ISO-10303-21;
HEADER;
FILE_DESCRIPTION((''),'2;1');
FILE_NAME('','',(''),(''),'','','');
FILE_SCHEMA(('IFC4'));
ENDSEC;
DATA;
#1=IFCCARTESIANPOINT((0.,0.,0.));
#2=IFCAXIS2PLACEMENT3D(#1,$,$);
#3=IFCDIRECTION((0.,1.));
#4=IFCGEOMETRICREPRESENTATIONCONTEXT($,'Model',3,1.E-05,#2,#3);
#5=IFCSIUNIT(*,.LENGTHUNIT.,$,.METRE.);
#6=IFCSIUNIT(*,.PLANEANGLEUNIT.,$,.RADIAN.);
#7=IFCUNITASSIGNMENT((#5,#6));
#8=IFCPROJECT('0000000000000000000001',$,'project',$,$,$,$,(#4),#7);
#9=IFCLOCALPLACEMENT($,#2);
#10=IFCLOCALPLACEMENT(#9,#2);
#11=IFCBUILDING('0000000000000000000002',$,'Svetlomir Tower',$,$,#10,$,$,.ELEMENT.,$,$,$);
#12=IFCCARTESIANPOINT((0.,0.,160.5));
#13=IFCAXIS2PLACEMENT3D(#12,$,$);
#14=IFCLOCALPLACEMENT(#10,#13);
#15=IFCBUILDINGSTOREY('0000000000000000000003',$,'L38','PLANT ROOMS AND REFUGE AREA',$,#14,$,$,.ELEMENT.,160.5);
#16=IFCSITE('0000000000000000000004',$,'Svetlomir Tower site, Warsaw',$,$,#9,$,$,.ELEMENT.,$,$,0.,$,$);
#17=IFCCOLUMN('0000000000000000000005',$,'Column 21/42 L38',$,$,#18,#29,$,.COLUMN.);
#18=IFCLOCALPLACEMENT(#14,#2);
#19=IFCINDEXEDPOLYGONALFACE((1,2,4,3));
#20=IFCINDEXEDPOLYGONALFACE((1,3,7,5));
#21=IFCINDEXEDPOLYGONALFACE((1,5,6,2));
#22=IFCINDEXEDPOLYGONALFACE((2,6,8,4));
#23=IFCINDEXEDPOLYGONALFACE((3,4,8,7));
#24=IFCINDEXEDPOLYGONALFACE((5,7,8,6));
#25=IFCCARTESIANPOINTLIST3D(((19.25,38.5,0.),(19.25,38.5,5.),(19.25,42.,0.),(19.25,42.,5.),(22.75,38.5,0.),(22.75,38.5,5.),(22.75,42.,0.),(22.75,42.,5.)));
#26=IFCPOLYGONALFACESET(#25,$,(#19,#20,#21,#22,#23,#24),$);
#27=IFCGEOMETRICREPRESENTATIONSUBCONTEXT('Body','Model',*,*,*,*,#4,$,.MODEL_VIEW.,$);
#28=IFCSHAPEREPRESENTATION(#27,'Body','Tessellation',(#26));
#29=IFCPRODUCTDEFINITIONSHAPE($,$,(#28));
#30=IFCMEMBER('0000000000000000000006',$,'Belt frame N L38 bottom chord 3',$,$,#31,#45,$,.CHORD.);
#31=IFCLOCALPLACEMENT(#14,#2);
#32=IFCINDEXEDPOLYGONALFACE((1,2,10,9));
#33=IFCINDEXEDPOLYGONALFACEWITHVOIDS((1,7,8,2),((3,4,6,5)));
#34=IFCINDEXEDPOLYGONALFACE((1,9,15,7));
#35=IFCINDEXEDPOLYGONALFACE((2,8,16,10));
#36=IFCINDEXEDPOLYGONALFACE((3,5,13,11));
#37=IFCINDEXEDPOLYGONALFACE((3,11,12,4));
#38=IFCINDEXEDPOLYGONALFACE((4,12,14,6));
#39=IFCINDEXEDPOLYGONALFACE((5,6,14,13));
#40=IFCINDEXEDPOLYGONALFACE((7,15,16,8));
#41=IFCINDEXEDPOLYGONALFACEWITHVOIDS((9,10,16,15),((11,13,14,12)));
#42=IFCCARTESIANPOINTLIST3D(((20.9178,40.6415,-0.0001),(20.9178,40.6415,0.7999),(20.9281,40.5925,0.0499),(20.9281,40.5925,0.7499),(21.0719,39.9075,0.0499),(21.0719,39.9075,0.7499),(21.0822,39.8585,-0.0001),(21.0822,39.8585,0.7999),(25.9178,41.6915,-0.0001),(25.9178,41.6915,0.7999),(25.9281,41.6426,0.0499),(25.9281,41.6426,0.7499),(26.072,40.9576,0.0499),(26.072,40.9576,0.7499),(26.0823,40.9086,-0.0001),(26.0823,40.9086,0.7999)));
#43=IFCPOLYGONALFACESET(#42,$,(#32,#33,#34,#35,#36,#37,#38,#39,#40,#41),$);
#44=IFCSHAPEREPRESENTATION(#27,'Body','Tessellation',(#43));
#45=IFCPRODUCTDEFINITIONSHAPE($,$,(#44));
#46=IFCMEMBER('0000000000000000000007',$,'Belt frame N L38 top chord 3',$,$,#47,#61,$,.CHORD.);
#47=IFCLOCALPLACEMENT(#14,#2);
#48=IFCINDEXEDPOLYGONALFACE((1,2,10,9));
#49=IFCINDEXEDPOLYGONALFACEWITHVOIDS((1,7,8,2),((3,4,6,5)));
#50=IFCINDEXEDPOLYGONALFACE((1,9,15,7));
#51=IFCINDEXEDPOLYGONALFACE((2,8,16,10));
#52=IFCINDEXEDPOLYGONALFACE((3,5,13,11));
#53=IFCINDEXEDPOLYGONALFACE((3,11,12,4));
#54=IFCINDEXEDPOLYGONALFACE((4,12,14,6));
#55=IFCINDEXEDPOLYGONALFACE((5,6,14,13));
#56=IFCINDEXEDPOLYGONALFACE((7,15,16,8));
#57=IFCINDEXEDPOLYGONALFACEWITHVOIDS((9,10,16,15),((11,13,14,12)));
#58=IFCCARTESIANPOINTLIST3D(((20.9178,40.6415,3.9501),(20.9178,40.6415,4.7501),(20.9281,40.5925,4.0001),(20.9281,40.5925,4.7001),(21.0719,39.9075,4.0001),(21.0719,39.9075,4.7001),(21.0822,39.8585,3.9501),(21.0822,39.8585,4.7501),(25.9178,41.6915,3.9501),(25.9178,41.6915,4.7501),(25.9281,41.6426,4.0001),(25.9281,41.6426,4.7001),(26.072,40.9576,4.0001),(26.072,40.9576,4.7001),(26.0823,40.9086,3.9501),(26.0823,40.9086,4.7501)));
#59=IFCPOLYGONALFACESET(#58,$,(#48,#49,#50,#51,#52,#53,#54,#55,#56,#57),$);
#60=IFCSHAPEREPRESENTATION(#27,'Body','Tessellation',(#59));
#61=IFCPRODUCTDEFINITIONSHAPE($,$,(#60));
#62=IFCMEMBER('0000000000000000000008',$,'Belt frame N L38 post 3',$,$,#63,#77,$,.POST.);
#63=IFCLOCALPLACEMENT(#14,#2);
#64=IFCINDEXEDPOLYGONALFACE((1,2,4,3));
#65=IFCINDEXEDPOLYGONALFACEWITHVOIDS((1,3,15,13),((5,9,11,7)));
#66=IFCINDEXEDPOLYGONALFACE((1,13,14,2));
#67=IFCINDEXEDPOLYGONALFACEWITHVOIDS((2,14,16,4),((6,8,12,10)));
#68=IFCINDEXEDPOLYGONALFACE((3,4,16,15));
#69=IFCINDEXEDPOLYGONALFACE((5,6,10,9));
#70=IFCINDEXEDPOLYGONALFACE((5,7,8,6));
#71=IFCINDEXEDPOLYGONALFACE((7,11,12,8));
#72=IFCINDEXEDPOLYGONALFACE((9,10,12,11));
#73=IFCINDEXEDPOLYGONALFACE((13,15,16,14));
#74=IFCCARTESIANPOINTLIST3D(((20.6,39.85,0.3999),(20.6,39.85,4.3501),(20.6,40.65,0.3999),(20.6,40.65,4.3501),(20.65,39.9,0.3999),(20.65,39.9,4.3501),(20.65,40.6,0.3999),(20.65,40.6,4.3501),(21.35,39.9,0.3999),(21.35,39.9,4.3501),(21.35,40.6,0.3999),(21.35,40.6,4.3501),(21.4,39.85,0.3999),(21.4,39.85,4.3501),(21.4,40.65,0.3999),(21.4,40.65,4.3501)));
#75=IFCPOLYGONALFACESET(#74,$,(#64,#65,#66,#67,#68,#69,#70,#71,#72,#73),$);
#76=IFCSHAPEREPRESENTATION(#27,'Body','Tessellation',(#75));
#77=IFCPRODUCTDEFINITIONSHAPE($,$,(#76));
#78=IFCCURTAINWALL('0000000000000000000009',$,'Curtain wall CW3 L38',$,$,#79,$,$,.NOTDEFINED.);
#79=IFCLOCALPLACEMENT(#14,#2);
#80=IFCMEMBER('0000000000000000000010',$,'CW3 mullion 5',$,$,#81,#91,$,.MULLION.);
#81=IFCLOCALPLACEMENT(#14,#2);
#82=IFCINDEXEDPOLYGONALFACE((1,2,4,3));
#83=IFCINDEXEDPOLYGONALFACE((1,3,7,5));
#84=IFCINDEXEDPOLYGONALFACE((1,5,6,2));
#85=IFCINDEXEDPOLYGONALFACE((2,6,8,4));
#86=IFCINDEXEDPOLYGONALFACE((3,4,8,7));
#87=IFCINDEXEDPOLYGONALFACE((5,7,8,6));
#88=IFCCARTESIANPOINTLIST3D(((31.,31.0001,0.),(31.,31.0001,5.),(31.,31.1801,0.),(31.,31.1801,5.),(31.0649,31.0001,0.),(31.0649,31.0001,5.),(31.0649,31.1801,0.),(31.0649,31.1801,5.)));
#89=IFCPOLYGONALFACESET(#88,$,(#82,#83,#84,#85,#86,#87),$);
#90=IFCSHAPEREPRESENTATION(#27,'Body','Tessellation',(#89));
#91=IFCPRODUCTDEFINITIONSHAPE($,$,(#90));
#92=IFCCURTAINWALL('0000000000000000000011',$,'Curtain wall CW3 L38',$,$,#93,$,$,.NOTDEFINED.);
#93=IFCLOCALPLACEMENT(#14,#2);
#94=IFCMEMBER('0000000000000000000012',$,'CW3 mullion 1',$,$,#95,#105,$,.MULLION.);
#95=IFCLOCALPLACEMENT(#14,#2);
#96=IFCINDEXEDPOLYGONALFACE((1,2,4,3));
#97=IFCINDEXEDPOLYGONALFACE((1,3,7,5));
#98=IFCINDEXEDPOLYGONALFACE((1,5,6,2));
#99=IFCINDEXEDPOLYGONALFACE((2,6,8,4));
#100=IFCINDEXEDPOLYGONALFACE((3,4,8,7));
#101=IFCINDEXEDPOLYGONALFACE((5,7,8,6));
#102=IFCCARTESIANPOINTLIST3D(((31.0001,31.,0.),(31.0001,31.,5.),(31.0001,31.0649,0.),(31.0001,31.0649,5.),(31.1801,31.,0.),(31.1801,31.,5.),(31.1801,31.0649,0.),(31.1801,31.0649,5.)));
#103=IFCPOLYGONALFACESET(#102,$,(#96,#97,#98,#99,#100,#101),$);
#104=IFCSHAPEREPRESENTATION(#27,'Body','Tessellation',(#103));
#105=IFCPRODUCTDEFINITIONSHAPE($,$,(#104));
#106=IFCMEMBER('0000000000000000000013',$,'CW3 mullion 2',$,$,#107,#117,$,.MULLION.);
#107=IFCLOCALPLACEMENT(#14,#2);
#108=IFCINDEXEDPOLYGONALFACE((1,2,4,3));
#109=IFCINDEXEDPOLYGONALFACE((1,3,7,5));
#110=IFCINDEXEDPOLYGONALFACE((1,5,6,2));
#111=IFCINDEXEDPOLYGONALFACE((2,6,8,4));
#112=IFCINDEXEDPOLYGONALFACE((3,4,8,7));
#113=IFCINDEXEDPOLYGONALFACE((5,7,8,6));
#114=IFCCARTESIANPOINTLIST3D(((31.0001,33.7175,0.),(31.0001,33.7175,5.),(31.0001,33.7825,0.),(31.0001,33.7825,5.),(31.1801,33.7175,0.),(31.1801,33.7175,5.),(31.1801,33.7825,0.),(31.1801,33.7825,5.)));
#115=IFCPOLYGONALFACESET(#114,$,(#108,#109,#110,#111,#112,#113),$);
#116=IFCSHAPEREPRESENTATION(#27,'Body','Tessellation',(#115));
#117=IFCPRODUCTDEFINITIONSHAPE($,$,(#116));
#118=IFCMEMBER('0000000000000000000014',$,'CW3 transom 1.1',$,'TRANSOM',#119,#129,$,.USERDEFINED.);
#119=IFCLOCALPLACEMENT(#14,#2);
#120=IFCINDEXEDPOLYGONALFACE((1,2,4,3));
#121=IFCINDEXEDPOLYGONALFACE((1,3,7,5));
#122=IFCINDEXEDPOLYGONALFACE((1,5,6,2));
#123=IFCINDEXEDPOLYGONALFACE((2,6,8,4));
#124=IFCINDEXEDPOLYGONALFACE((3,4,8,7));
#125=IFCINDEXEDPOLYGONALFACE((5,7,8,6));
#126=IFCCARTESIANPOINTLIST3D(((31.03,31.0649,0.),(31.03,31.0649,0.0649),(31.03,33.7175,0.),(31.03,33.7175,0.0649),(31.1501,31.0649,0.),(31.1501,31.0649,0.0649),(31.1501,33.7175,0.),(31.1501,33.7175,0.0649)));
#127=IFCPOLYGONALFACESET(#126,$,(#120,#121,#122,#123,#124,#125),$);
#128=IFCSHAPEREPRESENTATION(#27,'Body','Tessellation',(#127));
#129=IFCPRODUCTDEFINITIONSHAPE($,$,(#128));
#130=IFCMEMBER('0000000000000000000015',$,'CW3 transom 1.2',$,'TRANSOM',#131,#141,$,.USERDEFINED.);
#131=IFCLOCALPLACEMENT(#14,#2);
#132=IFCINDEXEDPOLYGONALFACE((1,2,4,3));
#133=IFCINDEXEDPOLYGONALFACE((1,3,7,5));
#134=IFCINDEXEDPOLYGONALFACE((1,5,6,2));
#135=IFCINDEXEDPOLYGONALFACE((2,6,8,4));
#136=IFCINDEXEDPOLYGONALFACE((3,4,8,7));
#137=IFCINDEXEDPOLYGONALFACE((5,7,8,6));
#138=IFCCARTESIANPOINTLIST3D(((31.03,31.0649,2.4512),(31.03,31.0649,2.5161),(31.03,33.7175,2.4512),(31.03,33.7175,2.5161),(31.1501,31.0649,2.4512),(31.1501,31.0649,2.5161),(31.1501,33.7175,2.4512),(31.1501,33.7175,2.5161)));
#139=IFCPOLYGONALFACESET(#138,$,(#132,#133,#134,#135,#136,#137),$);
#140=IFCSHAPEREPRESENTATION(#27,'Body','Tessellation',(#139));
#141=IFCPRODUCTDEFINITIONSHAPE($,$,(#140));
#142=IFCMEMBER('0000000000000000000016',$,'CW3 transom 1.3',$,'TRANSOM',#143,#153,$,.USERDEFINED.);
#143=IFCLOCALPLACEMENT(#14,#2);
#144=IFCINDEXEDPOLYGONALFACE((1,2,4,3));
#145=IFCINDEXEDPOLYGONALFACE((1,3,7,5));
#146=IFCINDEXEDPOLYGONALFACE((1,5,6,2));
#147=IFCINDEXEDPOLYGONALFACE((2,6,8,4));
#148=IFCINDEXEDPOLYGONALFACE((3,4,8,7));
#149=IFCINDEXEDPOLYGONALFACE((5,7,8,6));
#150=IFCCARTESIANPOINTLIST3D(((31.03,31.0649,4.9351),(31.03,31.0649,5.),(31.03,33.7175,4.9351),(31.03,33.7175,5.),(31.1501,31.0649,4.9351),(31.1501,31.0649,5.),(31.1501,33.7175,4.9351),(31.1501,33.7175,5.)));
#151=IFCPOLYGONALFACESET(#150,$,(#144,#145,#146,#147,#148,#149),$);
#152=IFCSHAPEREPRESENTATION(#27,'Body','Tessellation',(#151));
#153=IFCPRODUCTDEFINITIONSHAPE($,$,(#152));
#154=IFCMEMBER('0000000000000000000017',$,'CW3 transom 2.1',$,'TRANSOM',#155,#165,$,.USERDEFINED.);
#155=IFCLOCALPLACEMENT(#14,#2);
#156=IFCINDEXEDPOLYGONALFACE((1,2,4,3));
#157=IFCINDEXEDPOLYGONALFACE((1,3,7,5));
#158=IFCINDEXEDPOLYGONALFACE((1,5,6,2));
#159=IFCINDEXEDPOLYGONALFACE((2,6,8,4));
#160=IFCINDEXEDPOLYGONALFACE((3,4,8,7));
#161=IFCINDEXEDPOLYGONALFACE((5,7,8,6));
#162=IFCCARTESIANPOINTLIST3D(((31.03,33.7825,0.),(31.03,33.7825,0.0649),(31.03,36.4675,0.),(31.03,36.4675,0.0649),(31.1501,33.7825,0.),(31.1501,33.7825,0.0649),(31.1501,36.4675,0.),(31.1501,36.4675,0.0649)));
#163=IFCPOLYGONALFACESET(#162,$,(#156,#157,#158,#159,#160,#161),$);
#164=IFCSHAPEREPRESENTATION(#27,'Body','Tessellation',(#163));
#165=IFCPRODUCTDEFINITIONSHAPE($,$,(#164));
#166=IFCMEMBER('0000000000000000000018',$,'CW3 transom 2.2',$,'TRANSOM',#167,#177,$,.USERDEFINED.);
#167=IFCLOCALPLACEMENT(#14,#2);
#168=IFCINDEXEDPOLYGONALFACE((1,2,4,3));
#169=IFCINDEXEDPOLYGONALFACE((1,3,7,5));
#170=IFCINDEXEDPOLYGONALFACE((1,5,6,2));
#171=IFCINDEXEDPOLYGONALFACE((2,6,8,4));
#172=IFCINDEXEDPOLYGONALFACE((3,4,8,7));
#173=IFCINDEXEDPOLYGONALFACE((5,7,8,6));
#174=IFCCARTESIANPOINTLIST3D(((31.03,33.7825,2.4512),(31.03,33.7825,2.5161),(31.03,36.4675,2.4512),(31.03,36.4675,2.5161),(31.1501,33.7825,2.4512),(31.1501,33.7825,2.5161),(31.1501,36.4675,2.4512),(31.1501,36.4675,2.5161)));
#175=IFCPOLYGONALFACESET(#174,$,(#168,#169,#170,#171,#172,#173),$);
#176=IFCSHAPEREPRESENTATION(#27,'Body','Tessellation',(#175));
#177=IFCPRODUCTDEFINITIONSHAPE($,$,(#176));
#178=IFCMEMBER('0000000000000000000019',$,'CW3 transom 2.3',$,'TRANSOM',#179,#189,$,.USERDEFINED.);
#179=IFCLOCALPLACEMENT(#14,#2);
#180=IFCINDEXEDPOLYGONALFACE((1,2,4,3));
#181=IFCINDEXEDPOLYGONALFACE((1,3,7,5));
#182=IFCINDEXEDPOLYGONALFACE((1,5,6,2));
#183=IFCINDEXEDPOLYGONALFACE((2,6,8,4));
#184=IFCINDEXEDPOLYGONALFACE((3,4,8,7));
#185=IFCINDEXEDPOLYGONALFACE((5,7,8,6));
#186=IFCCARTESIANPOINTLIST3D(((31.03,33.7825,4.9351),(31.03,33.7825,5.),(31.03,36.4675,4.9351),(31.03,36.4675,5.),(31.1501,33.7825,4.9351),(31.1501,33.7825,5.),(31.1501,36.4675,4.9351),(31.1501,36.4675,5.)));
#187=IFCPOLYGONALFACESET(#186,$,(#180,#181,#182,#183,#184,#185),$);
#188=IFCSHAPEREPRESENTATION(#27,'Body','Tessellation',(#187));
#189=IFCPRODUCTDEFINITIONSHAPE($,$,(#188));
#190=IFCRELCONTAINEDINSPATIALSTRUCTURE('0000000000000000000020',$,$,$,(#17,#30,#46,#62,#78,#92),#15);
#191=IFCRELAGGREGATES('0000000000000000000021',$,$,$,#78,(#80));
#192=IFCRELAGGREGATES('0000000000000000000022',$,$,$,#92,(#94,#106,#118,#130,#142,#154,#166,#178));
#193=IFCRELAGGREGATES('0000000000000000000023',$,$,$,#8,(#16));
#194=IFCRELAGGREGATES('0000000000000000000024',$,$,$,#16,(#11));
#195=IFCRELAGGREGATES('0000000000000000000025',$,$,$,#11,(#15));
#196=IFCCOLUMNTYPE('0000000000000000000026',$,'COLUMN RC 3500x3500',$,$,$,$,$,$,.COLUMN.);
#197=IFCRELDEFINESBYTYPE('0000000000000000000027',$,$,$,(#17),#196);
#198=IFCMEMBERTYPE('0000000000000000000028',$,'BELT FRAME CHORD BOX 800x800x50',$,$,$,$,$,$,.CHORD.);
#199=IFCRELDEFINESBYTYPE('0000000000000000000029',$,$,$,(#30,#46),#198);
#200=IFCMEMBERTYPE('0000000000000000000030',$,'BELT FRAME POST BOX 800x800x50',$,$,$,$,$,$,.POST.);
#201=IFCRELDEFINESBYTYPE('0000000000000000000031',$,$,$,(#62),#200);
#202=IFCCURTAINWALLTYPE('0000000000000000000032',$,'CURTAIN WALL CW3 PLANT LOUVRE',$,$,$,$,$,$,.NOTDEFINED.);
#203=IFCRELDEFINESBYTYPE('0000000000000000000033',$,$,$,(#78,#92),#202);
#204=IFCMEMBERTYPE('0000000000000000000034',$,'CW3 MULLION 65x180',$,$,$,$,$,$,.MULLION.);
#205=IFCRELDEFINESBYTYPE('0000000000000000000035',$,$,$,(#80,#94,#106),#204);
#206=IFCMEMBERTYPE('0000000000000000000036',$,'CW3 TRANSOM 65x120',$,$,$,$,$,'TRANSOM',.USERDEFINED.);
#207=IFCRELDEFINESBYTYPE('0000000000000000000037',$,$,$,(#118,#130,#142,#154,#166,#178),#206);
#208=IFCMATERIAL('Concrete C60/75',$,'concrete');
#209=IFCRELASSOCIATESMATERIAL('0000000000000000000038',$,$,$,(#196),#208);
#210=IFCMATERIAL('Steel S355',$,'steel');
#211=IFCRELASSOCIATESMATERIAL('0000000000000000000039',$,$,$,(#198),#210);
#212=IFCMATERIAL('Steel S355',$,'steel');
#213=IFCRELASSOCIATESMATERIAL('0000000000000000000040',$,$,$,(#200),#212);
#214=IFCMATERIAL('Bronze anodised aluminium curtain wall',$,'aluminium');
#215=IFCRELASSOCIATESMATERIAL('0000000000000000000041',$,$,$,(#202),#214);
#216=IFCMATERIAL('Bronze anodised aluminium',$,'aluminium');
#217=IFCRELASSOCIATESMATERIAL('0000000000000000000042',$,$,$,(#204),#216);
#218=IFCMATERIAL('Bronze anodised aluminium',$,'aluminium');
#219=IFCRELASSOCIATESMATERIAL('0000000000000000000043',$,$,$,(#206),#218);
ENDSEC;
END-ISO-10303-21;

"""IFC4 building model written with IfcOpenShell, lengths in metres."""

from ifc_helpers import new_model, si_unit, direction, frame, origin, origin_2d, place, context, subcontext, project, spatial, rectangle, hollow_rectangle, extrude, material, material_profile, profile_set, type_object, element, aggregate, save


model = new_model("IFC4")

# Units and contexts
model_context = context("Model", 3, precision=1e-05, world=origin(), true_north=direction((0.0, 1.0)))
body_context = subcontext(model_context, "Body", "Model", "MODEL_VIEW")
ifc_project = project(units=[si_unit("LENGTHUNIT", "METRE"), si_unit("PLANEANGLEUNIT", "RADIAN")], contexts=[model_context])

# Site, building, storey
site_placement = place(None, origin())
site = spatial("IfcSite", under=ifc_project, at=site_placement, Name="Svetlomir Tower site, Warsaw", CompositionType="ELEMENT", RefElevation=0.0)
building_placement = place(site_placement, origin())
building = spatial("IfcBuilding", under=site, at=building_placement, Name="Svetlomir Tower", CompositionType="ELEMENT")
storey_placement = place(building_placement, frame((0.0, 0.0, 160.5)))
storey = spatial("IfcBuildingStorey", under=building, at=storey_placement, Name="L38", Description="PLANT ROOMS AND REFUGE AREA", CompositionType="ELEMENT", Elevation=160.5)

# Column
ifc_material_1 = material(Name="Concrete C60/75", Category="concrete")
ifc_material_profile_1 = material_profile(ifc_material_1, rectangle(XDim=3.5, YDim=3.5, at=origin_2d()), Name="RC 3500x3500")
ifc_profile_set_1 = profile_set([ifc_material_profile_1], Name="Concrete C60/75")
column_type = type_object("IfcColumnType", Name="COLUMN RC 3500x3500", PredefinedType="COLUMN", material=ifc_profile_set_1)
column_placement = place(storey_placement, frame((21.0, 40.25, 0.0), z_axis=(0.0, 0.0, 1.0), x_axis=(1.0, 0.0, 0.0)))
element("IfcColumn", 1, at=column_placement, inside=storey, type_object=column_type, Name="Column 21/42 L38", PredefinedType="COLUMN", context=body_context, shape_type="SweptSolid", body=[
    extrude(rectangle(XDim=3.5, YDim=3.5, at=origin_2d()), origin(), (0.0, 0.0, 1.0), 5.0),
])

# Members
ifc_material_2 = material(Name="Steel S355", Category="steel")
ifc_material_profile_2 = material_profile(ifc_material_2, hollow_rectangle(XDim=0.8, YDim=0.8, WallThickness=0.05, at=origin_2d()), Name="BOX 800x800x50")
ifc_profile_set_2 = profile_set([ifc_material_profile_2], Name="Steel S355")
member_type_1 = type_object("IfcMemberType", Name="BELT FRAME CHORD BOX 800x800x50", PredefinedType="CHORD", material=ifc_profile_set_2)
for number, where, z_axis, x_axis, name in (
    (2, (21.0, 40.25, 0.3999), (0.978652, 0.205526, 0.0), (-0.205526, 0.978652, 0.0), "Belt frame N L38 bottom chord 3"),
    (3, (21.0, 40.25, 4.3501), (0.978652, 0.205526, 0.0), (-0.205526, 0.978652, 0.0), "Belt frame N L38 top chord 3"),
):
    element("IfcMember", number, at=place(storey_placement, frame(where, z_axis=z_axis, x_axis=x_axis)), inside=storey, type_object=member_type_1, Name=name, PredefinedType="CHORD", context=body_context, shape_type="SweptSolid", body=[
        extrude(hollow_rectangle(XDim=0.8, YDim=0.8, WallThickness=0.05, at=origin_2d()), origin(), (0.0, 0.0, 1.0), 5.1091),
    ])
ifc_material_3 = material(Name="Steel S355", Category="steel")
ifc_material_profile_3 = material_profile(ifc_material_3, hollow_rectangle(XDim=0.8, YDim=0.8, WallThickness=0.05, at=origin_2d()), Name="BOX 800x800x50")
ifc_profile_set_3 = profile_set([ifc_material_profile_3], Name="Steel S355")
member_type_2 = type_object("IfcMemberType", Name="BELT FRAME POST BOX 800x800x50", PredefinedType="POST", material=ifc_profile_set_3)
member_1_placement = place(storey_placement, frame((21.0, 40.25, 0.3999), z_axis=(0.0, 0.0, 1.0), x_axis=(1.0, 0.0, 0.0)))
element("IfcMember", 4, at=member_1_placement, inside=storey, type_object=member_type_2, Name="Belt frame N L38 post 3", PredefinedType="POST", context=body_context, shape_type="SweptSolid", body=[
    extrude(hollow_rectangle(XDim=0.8, YDim=0.8, WallThickness=0.05, at=origin_2d()), origin(), (0.0, 0.0, 1.0), 3.9502),
])

# Curtain wall, member
ifc_material_4 = material(Name="Bronze anodised aluminium curtain wall", Category="aluminium")
curtain_wall_type = type_object("IfcCurtainWallType", Name="CURTAIN WALL CW3 PLANT LOUVRE", PredefinedType="NOTDEFINED", material=ifc_material_4)
curtain_wall_1_placement = place(storey_placement, origin())
curtain_wall_1 = element("IfcCurtainWall", 5, at=curtain_wall_1_placement, inside=storey, type_object=curtain_wall_type, Name="Curtain wall CW3 L38", PredefinedType="NOTDEFINED")
ifc_material_5 = material(Name="Bronze anodised aluminium", Category="aluminium")
ifc_material_profile_4 = material_profile(ifc_material_5, rectangle(XDim=0.0649, YDim=0.1799, at=origin_2d()), Name="AL 65x180")
ifc_profile_set_4 = profile_set([ifc_material_profile_4], Name="Bronze anodised aluminium 6063-T6")
member_type_3 = type_object("IfcMemberType", Name="CW3 MULLION 65x180", PredefinedType="MULLION", material=ifc_profile_set_4)
member_2_placement = place(storey_placement, frame((31.0325, 31.0901, 0.0), z_axis=(0.0, 0.0, 1.0), x_axis=(-1.0, 0.0, 0.0)))
member_2 = element("IfcMember", 6, at=member_2_placement, type_object=member_type_3, Name="CW3 mullion 5", PredefinedType="MULLION", context=body_context, shape_type="SweptSolid", body=[
    extrude(rectangle(XDim=0.0649, YDim=0.1799, at=origin_2d()), origin(), (0.0, 0.0, 1.0), 5.0),
])
aggregate(curtain_wall_1, [member_2])

# Curtain wall, members
curtain_wall_2_placement = place(storey_placement, origin())
curtain_wall_2 = element("IfcCurtainWall", 7, at=curtain_wall_2_placement, inside=storey, type_object=curtain_wall_type, Name="Curtain wall CW3 L38", PredefinedType="NOTDEFINED")
member_3_placement = place(storey_placement, frame((31.0901, 31.0325, 0.0), z_axis=(0.0, 0.0, 1.0), x_axis=(0.0, 1.0, 0.0)))
member_3 = element("IfcMember", 8, at=member_3_placement, type_object=member_type_3, Name="CW3 mullion 1", PredefinedType="MULLION", context=body_context, shape_type="SweptSolid", body=[
    extrude(rectangle(XDim=0.0649, YDim=0.1799, at=origin_2d()), origin(), (0.0, 0.0, 1.0), 5.0),
])
member_4_placement = place(storey_placement, frame((31.0901, 33.75, 0.0), z_axis=(0.0, 0.0, 1.0), x_axis=(0.0, 1.0, 0.0)))
member_4 = element("IfcMember", 9, at=member_4_placement, type_object=member_type_3, Name="CW3 mullion 2", PredefinedType="MULLION", context=body_context, shape_type="SweptSolid", body=[
    extrude(rectangle(XDim=0.0649, YDim=0.1799, at=origin_2d()), origin(), (0.0, 0.0, 1.0), 5.0),
])
ifc_material_6 = material(Name="Bronze anodised aluminium", Category="aluminium")
ifc_material_profile_5 = material_profile(ifc_material_6, rectangle(XDim=0.1201, YDim=0.0649, at=origin_2d()), Name="AL 120x65")
ifc_profile_set_5 = profile_set([ifc_material_profile_5], Name="Bronze anodised aluminium 6063-T6")
member_type_4 = type_object("IfcMemberType", Name="CW3 TRANSOM 65x120", ElementType="TRANSOM", PredefinedType="USERDEFINED", material=ifc_profile_set_5)
member_5_placement = place(storey_placement, frame((31.0901, 31.0649, 0.0325), z_axis=(0.0, 1.0, 0.0), x_axis=(-1.0, 0.0, 0.0)))
member_5 = element("IfcMember", 10, at=member_5_placement, type_object=member_type_4, Name="CW3 transom 1.1", ObjectType="TRANSOM", PredefinedType="USERDEFINED", context=body_context, shape_type="SweptSolid", body=[
    extrude(rectangle(XDim=0.1201, YDim=0.0649, at=origin_2d()), origin(), (0.0, 0.0, 1.0), 2.6526),
])
member_6_placement = place(storey_placement, frame((31.0901, 31.0649, 2.4836), z_axis=(0.0, 1.0, 0.0), x_axis=(-1.0, 0.0, 0.0)))
member_6 = element("IfcMember", 11, at=member_6_placement, type_object=member_type_4, Name="CW3 transom 1.2", ObjectType="TRANSOM", PredefinedType="USERDEFINED", context=body_context, shape_type="SweptSolid", body=[
    extrude(rectangle(XDim=0.1201, YDim=0.0649, at=origin_2d()), origin(), (0.0, 0.0, 1.0), 2.6526),
])
member_7_placement = place(storey_placement, frame((31.0901, 31.0649, 4.9675), z_axis=(0.0, 1.0, 0.0), x_axis=(-1.0, 0.0, 0.0)))
member_7 = element("IfcMember", 12, at=member_7_placement, type_object=member_type_4, Name="CW3 transom 1.3", ObjectType="TRANSOM", PredefinedType="USERDEFINED", context=body_context, shape_type="SweptSolid", body=[
    extrude(rectangle(XDim=0.1201, YDim=0.0649, at=origin_2d()), origin(), (0.0, 0.0, 1.0), 2.6526),
])
member_8_placement = place(storey_placement, frame((31.0901, 33.7825, 0.0325), z_axis=(0.0, 1.0, 0.0), x_axis=(-1.0, 0.0, 0.0)))
member_8 = element("IfcMember", 13, at=member_8_placement, type_object=member_type_4, Name="CW3 transom 2.1", ObjectType="TRANSOM", PredefinedType="USERDEFINED", context=body_context, shape_type="SweptSolid", body=[
    extrude(rectangle(XDim=0.1201, YDim=0.0649, at=origin_2d()), origin(), (0.0, 0.0, 1.0), 2.6851),
])
member_9_placement = place(storey_placement, frame((31.0901, 33.7825, 2.4836), z_axis=(0.0, 1.0, 0.0), x_axis=(-1.0, 0.0, 0.0)))
member_9 = element("IfcMember", 14, at=member_9_placement, type_object=member_type_4, Name="CW3 transom 2.2", ObjectType="TRANSOM", PredefinedType="USERDEFINED", context=body_context, shape_type="SweptSolid", body=[
    extrude(rectangle(XDim=0.1201, YDim=0.0649, at=origin_2d()), origin(), (0.0, 0.0, 1.0), 2.6851),
])
member_10_placement = place(storey_placement, frame((31.0901, 33.7825, 4.9675), z_axis=(0.0, 1.0, 0.0), x_axis=(-1.0, 0.0, 0.0)))
member_10 = element("IfcMember", 15, at=member_10_placement, type_object=member_type_4, Name="CW3 transom 2.3", ObjectType="TRANSOM", PredefinedType="USERDEFINED", context=body_context, shape_type="SweptSolid", body=[
    extrude(rectangle(XDim=0.1201, YDim=0.0649, at=origin_2d()), origin(), (0.0, 0.0, 1.0), 2.6851),
])

aggregate(curtain_wall_2, [member_3, member_4, member_5, member_6, member_7, member_8, member_9, member_10])

save(model, "model.ifc")
